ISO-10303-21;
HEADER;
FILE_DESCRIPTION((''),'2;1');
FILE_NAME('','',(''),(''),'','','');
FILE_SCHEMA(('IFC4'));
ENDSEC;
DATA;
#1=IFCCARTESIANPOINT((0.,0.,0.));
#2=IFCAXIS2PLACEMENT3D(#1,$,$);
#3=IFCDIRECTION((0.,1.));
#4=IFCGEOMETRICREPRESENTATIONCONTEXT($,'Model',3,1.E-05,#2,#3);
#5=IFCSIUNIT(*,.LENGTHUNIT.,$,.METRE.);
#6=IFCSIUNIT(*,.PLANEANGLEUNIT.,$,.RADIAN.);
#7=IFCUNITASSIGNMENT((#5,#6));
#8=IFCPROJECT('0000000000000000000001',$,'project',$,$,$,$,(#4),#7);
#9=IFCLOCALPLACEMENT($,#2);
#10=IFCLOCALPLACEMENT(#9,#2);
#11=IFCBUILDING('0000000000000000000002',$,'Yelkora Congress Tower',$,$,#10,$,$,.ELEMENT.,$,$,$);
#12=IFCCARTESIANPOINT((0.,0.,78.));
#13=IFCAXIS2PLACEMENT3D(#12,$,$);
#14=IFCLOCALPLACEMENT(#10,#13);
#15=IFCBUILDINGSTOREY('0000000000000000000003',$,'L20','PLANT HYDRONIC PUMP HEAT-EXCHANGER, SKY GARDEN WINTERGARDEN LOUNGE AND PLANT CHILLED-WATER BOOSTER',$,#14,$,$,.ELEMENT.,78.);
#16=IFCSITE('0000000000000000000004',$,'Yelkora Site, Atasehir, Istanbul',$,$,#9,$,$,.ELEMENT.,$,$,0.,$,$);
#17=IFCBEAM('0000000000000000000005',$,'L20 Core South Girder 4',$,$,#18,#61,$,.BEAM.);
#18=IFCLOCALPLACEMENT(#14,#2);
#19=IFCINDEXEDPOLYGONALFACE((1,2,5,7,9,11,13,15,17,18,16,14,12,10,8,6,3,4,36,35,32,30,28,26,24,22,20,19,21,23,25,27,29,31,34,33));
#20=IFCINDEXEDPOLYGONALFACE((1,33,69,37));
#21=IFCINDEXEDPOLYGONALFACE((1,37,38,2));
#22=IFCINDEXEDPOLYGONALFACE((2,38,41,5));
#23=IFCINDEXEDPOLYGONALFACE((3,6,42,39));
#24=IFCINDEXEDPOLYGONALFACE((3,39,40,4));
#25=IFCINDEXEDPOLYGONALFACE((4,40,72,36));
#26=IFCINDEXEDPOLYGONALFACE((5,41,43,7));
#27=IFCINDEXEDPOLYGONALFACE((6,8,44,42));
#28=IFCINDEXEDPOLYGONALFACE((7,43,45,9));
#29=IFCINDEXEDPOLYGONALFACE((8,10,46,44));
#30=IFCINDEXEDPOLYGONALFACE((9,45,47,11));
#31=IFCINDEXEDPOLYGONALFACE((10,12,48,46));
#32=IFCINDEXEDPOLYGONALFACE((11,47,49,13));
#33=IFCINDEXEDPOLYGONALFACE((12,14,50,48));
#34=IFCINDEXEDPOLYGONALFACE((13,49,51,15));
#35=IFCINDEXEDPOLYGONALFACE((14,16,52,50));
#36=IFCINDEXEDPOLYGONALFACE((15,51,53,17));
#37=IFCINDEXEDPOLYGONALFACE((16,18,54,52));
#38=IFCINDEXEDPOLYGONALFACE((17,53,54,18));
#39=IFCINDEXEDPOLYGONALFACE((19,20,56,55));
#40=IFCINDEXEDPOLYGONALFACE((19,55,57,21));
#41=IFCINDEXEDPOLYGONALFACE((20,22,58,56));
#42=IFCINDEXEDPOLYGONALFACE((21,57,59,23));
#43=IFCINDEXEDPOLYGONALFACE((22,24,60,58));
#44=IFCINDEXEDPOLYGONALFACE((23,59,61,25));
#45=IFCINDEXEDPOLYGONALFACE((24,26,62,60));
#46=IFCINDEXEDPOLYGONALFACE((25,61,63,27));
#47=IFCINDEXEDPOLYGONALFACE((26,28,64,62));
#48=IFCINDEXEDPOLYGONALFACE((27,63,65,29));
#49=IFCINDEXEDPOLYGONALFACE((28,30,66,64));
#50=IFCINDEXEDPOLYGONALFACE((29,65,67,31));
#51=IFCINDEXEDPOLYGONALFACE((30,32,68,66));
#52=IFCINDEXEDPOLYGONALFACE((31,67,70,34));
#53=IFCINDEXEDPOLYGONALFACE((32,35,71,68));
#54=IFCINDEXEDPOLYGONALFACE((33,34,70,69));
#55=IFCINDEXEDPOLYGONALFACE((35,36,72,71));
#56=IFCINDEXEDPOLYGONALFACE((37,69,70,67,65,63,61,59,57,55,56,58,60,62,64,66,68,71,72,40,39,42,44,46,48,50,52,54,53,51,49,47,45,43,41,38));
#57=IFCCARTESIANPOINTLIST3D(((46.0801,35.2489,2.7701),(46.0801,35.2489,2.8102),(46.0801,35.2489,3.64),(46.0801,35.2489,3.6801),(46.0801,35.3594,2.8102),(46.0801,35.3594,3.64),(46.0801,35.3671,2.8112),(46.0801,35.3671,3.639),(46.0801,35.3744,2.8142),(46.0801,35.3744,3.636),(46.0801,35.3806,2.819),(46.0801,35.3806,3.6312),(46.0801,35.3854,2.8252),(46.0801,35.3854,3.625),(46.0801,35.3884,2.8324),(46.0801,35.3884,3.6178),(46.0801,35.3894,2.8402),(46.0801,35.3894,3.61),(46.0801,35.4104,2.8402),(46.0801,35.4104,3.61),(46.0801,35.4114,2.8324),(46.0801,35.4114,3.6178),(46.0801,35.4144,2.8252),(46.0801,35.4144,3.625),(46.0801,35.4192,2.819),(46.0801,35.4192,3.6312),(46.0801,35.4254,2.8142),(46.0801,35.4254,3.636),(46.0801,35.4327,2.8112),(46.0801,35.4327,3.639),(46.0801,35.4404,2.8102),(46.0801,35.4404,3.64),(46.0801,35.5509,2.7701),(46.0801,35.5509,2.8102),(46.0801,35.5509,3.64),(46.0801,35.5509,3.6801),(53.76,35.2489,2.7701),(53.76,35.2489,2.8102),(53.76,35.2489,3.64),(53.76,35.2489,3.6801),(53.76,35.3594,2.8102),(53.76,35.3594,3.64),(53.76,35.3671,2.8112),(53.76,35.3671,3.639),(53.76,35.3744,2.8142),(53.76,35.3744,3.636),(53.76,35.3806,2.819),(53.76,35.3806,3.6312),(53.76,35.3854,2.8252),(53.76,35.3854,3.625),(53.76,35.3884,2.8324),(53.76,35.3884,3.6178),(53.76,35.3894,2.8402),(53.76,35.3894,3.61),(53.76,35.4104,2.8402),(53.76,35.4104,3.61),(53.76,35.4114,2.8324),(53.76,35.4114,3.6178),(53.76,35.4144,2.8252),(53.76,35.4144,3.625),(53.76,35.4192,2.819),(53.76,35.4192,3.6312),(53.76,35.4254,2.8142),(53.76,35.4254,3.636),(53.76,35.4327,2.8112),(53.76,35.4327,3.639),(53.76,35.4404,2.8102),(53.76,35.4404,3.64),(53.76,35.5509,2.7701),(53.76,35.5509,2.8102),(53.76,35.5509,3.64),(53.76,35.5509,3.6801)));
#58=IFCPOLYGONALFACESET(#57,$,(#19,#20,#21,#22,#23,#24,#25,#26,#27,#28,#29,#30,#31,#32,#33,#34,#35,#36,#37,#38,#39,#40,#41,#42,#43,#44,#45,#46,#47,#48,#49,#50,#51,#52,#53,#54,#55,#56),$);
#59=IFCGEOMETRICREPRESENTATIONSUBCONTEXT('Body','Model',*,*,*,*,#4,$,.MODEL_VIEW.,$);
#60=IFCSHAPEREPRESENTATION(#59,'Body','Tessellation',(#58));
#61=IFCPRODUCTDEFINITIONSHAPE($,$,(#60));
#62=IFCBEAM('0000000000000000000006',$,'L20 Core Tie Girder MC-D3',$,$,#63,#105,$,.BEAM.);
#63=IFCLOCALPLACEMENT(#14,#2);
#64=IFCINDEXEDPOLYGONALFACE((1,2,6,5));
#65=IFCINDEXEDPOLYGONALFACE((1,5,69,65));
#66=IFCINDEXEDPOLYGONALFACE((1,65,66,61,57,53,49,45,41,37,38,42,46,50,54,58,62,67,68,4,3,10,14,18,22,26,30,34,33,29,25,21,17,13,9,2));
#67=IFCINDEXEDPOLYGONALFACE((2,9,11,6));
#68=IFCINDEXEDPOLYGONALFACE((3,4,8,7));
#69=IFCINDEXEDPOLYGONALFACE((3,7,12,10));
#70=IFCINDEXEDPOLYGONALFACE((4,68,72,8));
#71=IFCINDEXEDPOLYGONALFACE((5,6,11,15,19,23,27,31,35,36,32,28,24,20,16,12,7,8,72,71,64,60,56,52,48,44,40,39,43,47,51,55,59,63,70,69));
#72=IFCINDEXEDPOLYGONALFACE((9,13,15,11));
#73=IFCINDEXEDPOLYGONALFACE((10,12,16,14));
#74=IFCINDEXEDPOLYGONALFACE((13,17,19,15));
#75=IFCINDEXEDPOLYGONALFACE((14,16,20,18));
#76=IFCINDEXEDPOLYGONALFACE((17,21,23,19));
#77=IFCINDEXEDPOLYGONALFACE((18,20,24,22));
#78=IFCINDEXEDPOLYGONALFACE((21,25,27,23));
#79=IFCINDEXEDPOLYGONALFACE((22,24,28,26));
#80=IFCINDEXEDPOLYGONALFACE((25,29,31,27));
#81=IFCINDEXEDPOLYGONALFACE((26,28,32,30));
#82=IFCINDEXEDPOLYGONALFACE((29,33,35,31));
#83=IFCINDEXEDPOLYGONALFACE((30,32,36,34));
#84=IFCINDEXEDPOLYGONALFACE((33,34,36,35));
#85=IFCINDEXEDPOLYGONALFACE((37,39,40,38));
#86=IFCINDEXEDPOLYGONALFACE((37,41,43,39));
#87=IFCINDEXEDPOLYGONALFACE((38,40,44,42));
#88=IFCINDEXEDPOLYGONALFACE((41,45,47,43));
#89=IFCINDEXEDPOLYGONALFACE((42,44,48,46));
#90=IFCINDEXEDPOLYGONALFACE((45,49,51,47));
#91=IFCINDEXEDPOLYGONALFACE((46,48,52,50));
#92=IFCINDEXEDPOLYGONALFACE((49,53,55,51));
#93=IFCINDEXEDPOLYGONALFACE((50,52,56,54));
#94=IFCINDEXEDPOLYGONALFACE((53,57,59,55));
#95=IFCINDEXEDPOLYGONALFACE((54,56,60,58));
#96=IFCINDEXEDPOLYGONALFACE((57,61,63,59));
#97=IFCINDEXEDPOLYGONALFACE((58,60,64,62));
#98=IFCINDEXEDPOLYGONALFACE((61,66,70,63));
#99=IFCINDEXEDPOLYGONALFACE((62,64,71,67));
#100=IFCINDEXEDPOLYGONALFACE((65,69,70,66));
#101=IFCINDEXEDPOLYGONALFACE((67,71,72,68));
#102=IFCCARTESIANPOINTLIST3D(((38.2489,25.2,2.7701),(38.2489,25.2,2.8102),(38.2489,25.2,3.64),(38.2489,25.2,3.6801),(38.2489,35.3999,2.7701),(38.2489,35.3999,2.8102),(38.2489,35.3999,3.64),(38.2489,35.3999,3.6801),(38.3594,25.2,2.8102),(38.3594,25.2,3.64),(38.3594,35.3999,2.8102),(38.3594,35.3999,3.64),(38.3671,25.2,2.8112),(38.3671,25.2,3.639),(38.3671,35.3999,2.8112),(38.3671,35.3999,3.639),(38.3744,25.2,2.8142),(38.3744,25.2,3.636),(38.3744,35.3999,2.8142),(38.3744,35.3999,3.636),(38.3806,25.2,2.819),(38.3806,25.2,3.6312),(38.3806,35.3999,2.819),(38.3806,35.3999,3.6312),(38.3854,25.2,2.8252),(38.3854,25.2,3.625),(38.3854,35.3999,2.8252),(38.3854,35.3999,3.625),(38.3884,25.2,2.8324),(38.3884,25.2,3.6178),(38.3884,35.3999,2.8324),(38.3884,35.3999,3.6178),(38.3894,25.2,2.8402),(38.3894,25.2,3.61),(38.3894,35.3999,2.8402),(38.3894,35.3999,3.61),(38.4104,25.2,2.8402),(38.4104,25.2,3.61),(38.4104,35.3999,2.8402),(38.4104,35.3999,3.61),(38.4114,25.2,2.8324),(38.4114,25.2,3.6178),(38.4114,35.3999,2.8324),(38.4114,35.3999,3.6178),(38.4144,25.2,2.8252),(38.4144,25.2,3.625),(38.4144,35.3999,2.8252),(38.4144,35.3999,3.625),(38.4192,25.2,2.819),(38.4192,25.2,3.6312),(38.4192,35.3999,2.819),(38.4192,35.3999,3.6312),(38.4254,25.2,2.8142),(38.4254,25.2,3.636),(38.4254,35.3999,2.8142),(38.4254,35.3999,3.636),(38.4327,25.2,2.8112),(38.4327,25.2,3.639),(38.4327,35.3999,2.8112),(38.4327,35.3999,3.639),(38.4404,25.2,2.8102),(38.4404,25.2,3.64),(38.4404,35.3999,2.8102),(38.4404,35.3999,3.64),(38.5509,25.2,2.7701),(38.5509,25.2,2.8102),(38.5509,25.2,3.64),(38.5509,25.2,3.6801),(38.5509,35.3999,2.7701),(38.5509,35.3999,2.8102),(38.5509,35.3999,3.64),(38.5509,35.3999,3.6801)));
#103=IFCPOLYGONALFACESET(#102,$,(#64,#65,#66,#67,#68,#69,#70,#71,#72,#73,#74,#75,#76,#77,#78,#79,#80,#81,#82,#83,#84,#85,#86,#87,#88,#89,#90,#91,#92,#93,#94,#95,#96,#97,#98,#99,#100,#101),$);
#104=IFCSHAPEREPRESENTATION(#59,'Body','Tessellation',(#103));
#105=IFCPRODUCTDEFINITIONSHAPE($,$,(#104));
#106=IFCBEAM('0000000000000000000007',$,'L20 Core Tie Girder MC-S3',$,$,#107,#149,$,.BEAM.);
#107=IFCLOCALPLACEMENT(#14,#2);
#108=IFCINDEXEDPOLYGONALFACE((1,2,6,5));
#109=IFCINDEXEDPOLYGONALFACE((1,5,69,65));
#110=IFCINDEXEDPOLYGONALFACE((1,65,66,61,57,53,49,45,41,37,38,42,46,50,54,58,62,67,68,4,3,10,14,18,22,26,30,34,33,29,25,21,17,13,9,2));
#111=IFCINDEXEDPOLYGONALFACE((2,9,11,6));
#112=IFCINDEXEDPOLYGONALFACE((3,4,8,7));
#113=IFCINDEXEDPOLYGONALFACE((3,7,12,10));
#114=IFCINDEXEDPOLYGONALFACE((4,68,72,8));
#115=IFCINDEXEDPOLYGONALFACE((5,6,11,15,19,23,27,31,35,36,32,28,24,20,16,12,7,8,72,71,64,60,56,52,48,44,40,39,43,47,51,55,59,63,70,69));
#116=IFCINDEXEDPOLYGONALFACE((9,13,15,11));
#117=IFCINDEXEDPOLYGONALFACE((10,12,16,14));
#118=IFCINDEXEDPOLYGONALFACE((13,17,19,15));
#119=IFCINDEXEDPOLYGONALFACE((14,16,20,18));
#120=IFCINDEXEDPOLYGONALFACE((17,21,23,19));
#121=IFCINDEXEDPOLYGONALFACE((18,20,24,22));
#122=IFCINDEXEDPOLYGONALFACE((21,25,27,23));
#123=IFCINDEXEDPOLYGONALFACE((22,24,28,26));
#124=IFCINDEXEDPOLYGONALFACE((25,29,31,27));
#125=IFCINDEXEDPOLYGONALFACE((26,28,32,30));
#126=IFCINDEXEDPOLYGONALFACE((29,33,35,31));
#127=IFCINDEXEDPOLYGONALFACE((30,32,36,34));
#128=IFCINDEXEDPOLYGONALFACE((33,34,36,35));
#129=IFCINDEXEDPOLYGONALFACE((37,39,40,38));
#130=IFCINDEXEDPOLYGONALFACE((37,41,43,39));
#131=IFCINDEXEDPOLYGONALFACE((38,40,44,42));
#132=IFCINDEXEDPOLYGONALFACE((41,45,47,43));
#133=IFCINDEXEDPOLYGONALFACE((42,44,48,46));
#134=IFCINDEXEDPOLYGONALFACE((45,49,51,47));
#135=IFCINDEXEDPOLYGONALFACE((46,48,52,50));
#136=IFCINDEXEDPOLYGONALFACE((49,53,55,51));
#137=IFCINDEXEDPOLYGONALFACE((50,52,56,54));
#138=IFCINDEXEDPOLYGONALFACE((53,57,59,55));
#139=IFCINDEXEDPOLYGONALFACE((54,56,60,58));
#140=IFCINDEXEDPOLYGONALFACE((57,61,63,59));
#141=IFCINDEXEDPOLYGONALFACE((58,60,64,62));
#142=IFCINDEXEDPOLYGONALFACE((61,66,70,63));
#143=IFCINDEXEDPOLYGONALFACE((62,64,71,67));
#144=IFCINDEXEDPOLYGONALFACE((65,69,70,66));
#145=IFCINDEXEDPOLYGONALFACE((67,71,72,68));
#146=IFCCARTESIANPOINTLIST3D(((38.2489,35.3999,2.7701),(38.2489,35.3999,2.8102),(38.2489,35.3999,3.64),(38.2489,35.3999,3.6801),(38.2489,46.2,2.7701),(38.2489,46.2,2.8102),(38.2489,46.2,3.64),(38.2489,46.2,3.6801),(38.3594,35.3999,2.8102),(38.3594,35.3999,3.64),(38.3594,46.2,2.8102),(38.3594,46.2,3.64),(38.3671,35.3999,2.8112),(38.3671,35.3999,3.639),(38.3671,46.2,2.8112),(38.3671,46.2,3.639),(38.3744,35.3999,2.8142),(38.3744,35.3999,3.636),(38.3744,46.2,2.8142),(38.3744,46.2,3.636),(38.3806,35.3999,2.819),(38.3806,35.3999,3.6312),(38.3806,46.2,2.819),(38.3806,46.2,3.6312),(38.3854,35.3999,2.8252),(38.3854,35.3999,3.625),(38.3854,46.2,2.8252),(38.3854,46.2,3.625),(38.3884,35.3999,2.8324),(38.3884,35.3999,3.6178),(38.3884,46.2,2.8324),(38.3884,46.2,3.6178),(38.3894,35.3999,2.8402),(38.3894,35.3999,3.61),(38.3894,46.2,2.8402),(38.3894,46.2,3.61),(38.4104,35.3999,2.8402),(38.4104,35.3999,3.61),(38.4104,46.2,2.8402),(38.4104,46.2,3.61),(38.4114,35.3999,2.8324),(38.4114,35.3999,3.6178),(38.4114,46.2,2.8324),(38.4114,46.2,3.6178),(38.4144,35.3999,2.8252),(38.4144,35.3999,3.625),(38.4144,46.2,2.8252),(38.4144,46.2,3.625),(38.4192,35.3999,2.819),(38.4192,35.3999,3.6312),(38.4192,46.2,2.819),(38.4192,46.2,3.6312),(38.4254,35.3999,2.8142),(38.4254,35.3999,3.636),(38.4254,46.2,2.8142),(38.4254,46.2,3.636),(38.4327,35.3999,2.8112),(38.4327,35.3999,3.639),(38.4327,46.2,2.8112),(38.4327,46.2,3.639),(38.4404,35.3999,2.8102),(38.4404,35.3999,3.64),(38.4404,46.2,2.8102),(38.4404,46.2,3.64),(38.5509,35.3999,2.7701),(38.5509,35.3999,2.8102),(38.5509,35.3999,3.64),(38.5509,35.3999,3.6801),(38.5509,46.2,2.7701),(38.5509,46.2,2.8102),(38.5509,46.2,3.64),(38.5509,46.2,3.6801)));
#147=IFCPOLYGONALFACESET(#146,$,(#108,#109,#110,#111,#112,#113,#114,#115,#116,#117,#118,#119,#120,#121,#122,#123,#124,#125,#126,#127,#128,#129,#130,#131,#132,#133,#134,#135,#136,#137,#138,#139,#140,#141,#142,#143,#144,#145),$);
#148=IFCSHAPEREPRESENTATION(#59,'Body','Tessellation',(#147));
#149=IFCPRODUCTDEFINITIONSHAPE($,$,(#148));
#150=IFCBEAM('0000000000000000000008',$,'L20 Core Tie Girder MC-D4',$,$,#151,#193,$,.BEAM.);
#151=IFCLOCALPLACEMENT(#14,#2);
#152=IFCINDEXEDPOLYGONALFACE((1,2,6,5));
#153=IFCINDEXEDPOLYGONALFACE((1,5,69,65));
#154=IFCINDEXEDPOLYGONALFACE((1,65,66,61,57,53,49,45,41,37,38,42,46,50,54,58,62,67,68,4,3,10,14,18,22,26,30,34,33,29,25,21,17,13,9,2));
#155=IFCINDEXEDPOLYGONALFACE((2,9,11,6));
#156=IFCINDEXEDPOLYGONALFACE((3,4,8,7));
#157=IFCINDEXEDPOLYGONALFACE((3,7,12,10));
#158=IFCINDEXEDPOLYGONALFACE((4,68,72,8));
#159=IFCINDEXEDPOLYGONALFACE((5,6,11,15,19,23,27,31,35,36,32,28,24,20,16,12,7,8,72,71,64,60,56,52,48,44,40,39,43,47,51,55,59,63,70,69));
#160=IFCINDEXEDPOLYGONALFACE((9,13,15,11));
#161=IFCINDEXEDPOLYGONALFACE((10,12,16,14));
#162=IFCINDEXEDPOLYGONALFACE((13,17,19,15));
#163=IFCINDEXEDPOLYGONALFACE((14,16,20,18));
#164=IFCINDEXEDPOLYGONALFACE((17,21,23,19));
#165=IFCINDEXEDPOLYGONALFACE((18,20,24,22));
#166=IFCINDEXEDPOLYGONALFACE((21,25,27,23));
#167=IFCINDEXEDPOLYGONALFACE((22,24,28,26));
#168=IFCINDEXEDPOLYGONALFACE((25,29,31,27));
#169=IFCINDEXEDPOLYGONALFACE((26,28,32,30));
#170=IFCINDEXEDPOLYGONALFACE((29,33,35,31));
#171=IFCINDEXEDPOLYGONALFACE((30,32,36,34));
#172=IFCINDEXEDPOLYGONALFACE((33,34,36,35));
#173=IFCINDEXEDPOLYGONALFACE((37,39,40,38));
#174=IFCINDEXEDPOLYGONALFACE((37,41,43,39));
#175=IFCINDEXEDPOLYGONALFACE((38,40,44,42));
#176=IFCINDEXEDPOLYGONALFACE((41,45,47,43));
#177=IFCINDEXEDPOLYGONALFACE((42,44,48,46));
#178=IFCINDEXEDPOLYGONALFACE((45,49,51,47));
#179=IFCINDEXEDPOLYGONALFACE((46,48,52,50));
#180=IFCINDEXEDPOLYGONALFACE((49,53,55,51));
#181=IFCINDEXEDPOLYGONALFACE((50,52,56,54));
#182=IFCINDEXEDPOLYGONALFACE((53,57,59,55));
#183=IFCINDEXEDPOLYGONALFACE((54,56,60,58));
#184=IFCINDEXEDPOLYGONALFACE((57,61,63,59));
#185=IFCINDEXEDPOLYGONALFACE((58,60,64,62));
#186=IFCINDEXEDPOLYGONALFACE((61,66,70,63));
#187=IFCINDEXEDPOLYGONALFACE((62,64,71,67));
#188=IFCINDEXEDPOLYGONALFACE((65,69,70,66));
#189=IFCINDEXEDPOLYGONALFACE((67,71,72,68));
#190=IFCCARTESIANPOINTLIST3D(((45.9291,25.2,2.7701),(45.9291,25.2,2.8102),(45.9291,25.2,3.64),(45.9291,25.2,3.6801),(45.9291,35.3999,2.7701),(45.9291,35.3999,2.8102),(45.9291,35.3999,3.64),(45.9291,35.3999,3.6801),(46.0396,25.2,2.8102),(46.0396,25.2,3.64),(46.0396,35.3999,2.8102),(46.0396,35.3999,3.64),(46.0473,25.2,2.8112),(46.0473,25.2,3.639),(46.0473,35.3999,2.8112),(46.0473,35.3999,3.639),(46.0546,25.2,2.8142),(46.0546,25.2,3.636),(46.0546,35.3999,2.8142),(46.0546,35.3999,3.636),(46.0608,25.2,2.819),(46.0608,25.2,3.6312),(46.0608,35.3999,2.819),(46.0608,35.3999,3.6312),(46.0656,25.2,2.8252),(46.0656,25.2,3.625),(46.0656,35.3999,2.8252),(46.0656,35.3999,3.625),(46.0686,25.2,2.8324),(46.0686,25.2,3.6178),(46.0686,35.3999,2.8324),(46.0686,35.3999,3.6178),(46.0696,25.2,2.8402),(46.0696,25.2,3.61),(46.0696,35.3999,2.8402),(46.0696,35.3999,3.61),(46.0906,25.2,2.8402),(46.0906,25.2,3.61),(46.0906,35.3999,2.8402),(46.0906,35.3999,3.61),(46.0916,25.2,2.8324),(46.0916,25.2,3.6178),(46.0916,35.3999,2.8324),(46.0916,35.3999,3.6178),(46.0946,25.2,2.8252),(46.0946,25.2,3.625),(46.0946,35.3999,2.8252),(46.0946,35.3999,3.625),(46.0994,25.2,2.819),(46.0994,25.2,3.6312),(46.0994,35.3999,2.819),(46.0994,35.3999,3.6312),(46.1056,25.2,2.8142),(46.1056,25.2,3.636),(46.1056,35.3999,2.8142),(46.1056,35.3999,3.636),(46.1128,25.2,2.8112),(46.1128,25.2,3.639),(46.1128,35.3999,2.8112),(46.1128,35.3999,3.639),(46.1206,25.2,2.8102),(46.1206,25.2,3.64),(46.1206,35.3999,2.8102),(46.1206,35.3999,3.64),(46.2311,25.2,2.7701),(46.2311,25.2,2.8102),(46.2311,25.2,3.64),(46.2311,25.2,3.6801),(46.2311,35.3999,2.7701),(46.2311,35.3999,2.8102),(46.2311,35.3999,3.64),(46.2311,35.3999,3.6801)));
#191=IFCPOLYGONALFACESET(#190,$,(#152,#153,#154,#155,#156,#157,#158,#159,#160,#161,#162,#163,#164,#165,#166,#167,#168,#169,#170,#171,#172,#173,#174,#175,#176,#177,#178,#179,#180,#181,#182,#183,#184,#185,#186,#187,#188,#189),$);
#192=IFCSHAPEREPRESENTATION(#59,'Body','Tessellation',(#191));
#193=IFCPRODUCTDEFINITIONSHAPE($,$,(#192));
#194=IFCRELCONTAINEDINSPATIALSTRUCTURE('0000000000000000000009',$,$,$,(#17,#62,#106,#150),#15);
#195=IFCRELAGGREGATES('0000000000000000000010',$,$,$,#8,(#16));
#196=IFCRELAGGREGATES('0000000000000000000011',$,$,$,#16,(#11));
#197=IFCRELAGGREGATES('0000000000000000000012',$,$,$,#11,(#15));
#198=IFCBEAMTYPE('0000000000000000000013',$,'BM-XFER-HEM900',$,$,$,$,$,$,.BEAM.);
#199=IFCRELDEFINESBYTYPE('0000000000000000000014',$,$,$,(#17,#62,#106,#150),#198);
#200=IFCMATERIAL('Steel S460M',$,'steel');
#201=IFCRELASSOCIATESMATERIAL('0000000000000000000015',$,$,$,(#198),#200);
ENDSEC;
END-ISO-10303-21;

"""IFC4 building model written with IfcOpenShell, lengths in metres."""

from ifc_helpers import new_model, si_unit, direction, frame, origin, origin_2d, place, context, subcontext, project, spatial, i_section, extrude, material, material_profile, profile_set, type_object, element, save


model = new_model("IFC4")

# Units and contexts
model_context = context("Model", 3, precision=1e-05, world=origin(), true_north=direction((0.0, 1.0)))
body_context = subcontext(model_context, "Body", "Model", "MODEL_VIEW")
ifc_project = project(units=[si_unit("LENGTHUNIT", "METRE"), si_unit("PLANEANGLEUNIT", "RADIAN")], contexts=[model_context])

# Site, building, storey
site_placement = place(None, origin())
site = spatial("IfcSite", under=ifc_project, at=site_placement, Name="Yelkora Site, Atasehir, Istanbul", CompositionType="ELEMENT", RefElevation=0.0)
building_placement = place(site_placement, origin())
building = spatial("IfcBuilding", under=site, at=building_placement, Name="Yelkora Congress Tower", CompositionType="ELEMENT")
storey_placement = place(building_placement, frame((0.0, 0.0, 78.0)))
storey = spatial("IfcBuildingStorey", under=building, at=storey_placement, Name="L20", Description="PLANT HYDRONIC PUMP HEAT-EXCHANGER, SKY GARDEN WINTERGARDEN LOUNGE AND PLANT CHILLED-WATER BOOSTER", CompositionType="ELEMENT", Elevation=78.0)

# Beams
ifc_material_1 = material(Name="Steel S460M", Category="steel")
ifc_material_profile_1 = material_profile(ifc_material_1, i_section(OverallWidth=0.302, OverallDepth=0.9099, WebThickness=0.021, FlangeThickness=0.04, FilletRadius=0.03, at=origin_2d()), Name="HEM 900")
ifc_profile_set_1 = profile_set([ifc_material_profile_1], Name="Steel S460M")
beam_type = type_object("IfcBeamType", Name="BM-XFER-HEM900", PredefinedType="BEAM", material=ifc_profile_set_1)
beam_1_placement = place(storey_placement, frame((46.0801, 35.3999, 3.2251), z_axis=(1.0, 0.0, 0.0), x_axis=(0.0, 1.0, 0.0)))
element("IfcBeam", 1, at=beam_1_placement, inside=storey, type_object=beam_type, Name="L20 Core South Girder 4", PredefinedType="BEAM", context=body_context, shape_type="SweptSolid", body=[
    extrude(i_section(OverallWidth=0.302, OverallDepth=0.9099, WebThickness=0.021, FlangeThickness=0.04, FilletRadius=0.03, at=origin_2d()), origin(), (0.0, 0.0, 1.0), 7.6799),
])
beam_2_placement = place(storey_placement, frame((38.3999, 25.2, 3.2251), z_axis=(0.0, 1.0, 0.0), x_axis=(-1.0, 0.0, 0.0)))
element("IfcBeam", 2, at=beam_2_placement, inside=storey, type_object=beam_type, Name="L20 Core Tie Girder MC-D3", PredefinedType="BEAM", context=body_context, shape_type="SweptSolid", body=[
    extrude(i_section(OverallWidth=0.302, OverallDepth=0.9099, WebThickness=0.021, FlangeThickness=0.04, FilletRadius=0.03, at=origin_2d()), origin(), (0.0, 0.0, 1.0), 10.2),
])
beam_3_placement = place(storey_placement, frame((38.3999, 35.3999, 3.2251), z_axis=(0.0, 1.0, 0.0), x_axis=(-1.0, 0.0, 0.0)))
element("IfcBeam", 3, at=beam_3_placement, inside=storey, type_object=beam_type, Name="L20 Core Tie Girder MC-S3", PredefinedType="BEAM", context=body_context, shape_type="SweptSolid", body=[
    extrude(i_section(OverallWidth=0.302, OverallDepth=0.9099, WebThickness=0.021, FlangeThickness=0.04, FilletRadius=0.03, at=origin_2d()), origin(), (0.0, 0.0, 1.0), 10.8),
])
beam_4_placement = place(storey_placement, frame((46.0801, 25.2, 3.2251), z_axis=(0.0, 1.0, 0.0), x_axis=(-1.0, 0.0, 0.0)))
element("IfcBeam", 4, at=beam_4_placement, inside=storey, type_object=beam_type, Name="L20 Core Tie Girder MC-D4", PredefinedType="BEAM", context=body_context, shape_type="SweptSolid", body=[
    extrude(i_section(OverallWidth=0.302, OverallDepth=0.9099, WebThickness=0.021, FlangeThickness=0.04, FilletRadius=0.03, at=origin_2d()), origin(), (0.0, 0.0, 1.0), 10.2),
])

save(model, "model.ifc")
